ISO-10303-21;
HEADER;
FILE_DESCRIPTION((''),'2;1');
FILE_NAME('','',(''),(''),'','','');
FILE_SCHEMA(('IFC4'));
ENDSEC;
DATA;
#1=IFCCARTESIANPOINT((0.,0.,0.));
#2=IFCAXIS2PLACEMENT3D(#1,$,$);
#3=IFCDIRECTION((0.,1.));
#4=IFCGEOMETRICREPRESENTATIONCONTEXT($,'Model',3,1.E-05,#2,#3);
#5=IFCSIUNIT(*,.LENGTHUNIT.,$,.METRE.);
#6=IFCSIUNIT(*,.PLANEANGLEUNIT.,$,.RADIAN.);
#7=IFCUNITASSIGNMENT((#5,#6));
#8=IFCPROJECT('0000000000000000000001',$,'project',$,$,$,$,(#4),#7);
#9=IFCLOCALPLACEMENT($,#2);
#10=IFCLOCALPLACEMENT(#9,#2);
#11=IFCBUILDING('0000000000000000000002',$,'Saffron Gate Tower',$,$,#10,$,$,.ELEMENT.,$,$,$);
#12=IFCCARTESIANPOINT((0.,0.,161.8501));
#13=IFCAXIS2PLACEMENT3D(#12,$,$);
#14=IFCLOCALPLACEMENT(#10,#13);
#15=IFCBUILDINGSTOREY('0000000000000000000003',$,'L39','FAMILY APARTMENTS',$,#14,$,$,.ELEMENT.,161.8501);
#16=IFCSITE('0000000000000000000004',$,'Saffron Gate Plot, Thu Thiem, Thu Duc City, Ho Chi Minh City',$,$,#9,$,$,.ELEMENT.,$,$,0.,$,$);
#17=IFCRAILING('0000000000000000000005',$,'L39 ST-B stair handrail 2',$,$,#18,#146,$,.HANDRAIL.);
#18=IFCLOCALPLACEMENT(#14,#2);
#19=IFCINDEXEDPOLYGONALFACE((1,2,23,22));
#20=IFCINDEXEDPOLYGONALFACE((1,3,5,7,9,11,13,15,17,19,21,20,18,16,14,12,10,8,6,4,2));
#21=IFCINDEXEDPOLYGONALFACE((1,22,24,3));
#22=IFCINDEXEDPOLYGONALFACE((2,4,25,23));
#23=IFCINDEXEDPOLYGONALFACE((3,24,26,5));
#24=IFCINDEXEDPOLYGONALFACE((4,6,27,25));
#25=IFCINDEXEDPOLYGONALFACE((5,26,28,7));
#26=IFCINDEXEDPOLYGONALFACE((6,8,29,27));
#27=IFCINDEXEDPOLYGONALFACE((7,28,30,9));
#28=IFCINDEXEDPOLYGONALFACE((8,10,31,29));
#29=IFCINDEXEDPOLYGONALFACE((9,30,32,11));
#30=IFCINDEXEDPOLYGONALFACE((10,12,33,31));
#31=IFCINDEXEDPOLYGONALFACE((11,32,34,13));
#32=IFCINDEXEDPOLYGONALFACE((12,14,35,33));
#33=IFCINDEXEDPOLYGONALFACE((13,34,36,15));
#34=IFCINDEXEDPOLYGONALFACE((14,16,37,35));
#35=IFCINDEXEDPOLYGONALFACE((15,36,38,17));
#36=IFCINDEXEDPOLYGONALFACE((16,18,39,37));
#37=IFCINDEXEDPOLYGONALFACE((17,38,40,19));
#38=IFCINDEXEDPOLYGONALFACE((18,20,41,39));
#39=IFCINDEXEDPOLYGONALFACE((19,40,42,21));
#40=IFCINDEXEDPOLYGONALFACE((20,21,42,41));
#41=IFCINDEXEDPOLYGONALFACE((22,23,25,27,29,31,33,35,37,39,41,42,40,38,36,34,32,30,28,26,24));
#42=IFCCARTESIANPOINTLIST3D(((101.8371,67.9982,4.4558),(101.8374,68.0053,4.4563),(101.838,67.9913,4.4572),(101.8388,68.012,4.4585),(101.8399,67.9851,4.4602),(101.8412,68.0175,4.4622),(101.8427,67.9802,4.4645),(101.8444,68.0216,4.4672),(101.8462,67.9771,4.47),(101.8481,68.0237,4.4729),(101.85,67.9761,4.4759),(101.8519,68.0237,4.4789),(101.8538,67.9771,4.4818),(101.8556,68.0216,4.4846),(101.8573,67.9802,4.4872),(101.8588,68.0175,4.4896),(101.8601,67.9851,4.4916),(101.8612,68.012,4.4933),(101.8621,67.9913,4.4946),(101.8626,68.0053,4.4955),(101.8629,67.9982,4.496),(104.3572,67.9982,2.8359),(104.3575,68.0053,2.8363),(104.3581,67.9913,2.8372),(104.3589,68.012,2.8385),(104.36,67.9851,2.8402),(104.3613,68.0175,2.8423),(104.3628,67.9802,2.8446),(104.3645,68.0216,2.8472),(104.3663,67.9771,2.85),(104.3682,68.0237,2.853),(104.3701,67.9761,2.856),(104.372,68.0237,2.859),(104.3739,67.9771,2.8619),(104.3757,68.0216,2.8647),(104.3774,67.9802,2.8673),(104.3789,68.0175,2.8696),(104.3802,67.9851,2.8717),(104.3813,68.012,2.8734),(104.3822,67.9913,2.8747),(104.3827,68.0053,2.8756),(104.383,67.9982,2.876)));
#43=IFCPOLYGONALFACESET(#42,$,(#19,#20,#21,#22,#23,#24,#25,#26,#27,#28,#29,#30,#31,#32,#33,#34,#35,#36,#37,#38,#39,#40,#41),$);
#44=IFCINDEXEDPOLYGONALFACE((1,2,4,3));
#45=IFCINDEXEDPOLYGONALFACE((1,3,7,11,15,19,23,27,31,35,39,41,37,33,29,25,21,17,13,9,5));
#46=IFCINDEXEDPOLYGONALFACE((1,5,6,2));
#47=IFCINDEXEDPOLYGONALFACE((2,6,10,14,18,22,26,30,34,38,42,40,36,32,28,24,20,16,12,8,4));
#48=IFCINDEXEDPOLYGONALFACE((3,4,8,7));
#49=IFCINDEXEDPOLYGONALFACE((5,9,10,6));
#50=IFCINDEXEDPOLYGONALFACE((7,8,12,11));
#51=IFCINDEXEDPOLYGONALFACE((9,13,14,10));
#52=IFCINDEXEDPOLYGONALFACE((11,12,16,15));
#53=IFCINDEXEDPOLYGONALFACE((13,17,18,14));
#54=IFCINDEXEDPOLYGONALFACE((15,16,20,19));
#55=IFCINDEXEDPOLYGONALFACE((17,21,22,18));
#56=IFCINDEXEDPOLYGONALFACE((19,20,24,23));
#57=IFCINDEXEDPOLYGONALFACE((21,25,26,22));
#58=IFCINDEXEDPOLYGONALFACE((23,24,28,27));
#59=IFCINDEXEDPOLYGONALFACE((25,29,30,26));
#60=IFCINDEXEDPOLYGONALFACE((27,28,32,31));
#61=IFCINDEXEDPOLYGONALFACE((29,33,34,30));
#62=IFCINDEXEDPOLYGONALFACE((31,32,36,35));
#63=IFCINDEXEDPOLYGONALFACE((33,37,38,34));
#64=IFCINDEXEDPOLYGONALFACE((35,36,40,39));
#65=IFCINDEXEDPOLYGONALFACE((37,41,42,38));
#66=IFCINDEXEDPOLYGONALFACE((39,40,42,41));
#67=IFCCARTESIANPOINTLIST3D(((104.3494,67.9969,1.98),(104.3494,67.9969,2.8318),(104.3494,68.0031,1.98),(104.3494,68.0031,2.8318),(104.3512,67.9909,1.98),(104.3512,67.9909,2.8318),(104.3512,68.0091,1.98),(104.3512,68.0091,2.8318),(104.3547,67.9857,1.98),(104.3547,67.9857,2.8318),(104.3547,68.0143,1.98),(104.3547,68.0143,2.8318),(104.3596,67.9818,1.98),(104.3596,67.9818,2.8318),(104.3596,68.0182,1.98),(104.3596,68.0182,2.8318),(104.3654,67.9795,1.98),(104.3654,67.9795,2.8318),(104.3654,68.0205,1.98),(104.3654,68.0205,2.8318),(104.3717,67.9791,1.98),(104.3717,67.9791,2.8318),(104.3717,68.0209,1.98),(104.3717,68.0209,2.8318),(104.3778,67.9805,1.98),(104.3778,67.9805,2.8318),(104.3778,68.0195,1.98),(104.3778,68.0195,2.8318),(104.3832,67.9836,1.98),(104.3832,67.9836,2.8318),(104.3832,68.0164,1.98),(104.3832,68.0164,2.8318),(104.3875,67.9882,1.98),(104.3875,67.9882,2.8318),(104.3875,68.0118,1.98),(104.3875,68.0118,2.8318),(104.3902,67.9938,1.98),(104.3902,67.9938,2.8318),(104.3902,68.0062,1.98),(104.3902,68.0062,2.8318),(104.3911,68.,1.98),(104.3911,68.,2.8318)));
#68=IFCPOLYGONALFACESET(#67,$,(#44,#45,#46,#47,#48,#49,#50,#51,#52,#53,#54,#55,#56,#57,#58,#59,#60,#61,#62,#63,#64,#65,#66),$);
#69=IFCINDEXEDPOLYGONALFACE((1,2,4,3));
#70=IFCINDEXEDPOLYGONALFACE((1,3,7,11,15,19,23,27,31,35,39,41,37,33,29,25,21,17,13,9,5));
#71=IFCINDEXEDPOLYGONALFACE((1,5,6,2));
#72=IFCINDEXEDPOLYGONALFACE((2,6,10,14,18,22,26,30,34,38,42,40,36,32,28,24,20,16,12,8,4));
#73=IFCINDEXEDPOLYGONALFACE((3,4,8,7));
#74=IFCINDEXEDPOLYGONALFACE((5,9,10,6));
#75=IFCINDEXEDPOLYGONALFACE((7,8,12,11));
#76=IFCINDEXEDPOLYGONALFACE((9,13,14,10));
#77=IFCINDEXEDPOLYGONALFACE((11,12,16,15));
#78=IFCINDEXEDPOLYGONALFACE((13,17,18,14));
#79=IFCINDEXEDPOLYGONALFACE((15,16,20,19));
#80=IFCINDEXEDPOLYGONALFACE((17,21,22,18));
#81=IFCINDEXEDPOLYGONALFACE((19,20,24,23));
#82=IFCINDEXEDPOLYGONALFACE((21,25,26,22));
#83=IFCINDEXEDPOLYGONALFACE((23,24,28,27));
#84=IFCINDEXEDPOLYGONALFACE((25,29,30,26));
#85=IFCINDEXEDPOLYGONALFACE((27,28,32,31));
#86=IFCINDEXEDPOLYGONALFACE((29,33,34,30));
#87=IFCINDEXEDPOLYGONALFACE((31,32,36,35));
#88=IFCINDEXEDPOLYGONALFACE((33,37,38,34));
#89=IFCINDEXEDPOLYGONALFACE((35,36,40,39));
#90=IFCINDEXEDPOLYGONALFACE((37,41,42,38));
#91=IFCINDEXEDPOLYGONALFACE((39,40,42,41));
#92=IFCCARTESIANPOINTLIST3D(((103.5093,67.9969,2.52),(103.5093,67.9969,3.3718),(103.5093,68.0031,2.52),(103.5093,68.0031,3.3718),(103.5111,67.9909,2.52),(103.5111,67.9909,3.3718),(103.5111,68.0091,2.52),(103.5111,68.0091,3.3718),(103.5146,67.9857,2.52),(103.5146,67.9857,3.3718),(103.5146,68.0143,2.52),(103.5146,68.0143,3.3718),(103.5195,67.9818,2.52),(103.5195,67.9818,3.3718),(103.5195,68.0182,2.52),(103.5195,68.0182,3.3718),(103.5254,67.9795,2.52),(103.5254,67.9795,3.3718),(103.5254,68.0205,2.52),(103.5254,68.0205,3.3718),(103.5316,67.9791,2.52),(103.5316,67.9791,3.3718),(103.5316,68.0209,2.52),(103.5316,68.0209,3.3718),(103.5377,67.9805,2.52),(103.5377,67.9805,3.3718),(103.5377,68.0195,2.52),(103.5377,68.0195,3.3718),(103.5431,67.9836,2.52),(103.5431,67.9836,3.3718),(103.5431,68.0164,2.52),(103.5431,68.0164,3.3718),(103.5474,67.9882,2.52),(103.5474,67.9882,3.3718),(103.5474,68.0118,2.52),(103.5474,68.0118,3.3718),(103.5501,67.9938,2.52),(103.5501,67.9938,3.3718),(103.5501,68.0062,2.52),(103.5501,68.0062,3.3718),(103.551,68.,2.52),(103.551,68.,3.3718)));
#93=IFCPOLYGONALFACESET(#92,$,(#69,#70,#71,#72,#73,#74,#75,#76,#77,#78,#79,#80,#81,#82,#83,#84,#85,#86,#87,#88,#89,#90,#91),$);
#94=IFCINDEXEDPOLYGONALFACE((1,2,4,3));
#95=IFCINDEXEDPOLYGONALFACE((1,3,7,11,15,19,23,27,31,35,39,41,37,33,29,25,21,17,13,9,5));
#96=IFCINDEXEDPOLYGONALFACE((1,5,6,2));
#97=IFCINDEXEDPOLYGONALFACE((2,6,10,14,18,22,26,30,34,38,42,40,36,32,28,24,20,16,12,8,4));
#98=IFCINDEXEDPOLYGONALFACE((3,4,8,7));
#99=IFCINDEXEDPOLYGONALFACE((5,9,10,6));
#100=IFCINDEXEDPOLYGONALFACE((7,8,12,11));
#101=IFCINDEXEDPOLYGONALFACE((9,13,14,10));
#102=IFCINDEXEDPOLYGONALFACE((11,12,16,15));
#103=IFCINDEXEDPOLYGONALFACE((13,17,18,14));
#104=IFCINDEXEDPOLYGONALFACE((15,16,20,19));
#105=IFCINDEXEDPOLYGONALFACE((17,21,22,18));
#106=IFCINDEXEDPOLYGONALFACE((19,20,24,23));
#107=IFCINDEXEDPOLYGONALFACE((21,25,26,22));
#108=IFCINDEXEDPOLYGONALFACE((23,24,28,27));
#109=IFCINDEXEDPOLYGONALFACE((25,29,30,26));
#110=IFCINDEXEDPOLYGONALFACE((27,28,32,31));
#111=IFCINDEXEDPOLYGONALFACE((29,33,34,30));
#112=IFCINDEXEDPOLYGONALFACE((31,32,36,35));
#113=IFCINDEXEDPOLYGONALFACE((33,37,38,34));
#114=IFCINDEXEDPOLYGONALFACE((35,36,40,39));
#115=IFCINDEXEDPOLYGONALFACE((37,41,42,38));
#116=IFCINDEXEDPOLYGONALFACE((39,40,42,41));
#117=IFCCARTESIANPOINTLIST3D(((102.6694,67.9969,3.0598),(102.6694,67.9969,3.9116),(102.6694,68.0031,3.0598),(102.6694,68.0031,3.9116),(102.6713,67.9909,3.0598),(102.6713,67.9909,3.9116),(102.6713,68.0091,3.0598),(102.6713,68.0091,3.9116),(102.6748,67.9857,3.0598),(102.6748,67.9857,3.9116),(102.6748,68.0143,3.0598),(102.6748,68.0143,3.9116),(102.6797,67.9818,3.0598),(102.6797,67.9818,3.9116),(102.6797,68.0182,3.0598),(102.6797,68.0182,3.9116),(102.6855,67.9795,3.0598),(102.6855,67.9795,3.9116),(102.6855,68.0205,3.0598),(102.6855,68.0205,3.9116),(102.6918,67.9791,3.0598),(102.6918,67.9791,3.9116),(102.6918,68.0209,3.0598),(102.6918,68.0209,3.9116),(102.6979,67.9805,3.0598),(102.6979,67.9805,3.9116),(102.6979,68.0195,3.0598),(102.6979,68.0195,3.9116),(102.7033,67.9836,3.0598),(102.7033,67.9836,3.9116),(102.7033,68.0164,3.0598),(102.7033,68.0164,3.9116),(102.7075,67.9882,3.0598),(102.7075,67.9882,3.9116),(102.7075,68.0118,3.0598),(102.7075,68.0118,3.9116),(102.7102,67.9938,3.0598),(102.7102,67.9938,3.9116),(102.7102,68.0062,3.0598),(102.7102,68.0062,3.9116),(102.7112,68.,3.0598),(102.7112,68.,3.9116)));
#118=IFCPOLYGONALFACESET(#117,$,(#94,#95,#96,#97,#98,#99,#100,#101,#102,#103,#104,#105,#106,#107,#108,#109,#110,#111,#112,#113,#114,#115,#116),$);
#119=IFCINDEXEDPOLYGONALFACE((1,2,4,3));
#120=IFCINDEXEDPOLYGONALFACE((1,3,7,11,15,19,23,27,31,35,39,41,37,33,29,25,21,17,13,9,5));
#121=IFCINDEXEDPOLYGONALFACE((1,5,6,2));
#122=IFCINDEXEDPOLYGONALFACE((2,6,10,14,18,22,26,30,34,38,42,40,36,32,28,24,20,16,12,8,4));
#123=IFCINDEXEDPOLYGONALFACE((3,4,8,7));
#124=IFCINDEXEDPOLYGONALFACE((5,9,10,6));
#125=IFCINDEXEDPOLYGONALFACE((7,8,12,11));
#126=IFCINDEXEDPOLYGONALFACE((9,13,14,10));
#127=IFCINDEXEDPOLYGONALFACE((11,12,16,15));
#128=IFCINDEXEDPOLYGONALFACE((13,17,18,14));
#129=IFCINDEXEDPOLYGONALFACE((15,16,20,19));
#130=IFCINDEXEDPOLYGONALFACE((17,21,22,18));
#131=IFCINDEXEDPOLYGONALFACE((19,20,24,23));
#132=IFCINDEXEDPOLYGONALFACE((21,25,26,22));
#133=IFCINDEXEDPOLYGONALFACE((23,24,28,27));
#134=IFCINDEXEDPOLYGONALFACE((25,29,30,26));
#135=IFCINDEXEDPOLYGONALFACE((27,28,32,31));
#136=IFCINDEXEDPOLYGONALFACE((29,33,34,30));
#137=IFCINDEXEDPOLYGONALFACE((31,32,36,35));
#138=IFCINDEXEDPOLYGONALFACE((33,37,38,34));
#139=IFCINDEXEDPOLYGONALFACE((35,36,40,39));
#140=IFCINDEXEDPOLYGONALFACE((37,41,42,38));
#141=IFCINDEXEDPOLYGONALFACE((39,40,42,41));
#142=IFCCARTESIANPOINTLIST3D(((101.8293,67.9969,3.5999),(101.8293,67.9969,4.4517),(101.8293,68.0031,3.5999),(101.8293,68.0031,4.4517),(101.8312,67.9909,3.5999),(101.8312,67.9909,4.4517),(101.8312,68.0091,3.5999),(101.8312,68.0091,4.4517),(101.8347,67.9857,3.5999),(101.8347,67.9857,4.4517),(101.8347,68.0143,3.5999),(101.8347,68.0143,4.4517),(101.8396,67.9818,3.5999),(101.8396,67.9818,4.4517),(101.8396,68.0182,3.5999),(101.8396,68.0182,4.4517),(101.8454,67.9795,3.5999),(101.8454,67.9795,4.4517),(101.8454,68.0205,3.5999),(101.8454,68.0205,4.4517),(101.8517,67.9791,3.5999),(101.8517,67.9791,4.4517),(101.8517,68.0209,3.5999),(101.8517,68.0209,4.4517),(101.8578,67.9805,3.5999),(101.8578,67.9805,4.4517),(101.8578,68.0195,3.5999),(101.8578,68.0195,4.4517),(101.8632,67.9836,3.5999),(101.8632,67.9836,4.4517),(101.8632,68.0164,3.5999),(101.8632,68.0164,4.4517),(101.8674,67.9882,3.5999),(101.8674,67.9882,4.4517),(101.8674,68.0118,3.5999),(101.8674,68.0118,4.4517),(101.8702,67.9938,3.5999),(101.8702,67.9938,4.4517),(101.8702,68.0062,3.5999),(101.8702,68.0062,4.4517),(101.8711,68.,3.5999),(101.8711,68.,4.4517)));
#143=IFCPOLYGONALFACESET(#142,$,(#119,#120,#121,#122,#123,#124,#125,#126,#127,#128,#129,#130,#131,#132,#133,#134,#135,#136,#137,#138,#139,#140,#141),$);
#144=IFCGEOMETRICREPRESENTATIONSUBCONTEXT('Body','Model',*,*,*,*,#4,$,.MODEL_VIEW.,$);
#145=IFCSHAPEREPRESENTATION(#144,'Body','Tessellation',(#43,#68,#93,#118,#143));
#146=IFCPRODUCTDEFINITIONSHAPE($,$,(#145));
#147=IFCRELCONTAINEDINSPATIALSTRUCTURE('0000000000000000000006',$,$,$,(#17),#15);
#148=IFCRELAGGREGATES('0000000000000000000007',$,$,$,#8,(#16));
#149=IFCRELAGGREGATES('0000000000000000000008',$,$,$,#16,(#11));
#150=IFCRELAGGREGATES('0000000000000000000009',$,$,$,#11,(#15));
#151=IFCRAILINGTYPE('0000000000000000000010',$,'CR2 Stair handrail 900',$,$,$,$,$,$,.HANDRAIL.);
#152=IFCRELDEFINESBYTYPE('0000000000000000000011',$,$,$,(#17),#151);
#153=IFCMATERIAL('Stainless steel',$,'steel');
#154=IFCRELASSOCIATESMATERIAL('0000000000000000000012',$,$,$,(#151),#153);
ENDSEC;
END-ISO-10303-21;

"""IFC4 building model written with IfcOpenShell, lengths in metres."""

from ifc_helpers import new_model, si_unit, direction, frame, origin, origin_2d, place, context, subcontext, project, spatial, circle, extrude, material, type_object, element, save


model = new_model("IFC4")

# Units and contexts
model_context = context("Model", 3, precision=1e-05, world=origin(), true_north=direction((0.0, 1.0)))
body_context = subcontext(model_context, "Body", "Model", "MODEL_VIEW")
ifc_project = project(units=[si_unit("LENGTHUNIT", "METRE"), si_unit("PLANEANGLEUNIT", "RADIAN")], contexts=[model_context])

# Site, building, storey
site_placement = place(None, origin())
site = spatial("IfcSite", under=ifc_project, at=site_placement, Name="Saffron Gate Plot, Thu Thiem, Thu Duc City, Ho Chi Minh City", CompositionType="ELEMENT", RefElevation=0.0)
building_placement = place(site_placement, origin())
building = spatial("IfcBuilding", under=site, at=building_placement, Name="Saffron Gate Tower", CompositionType="ELEMENT")
storey_placement = place(building_placement, frame((0.0, 0.0, 161.8501)))
storey = spatial("IfcBuildingStorey", under=building, at=storey_placement, Name="L39", Description="FAMILY APARTMENTS", CompositionType="ELEMENT", Elevation=161.8501)

# Railing
ifc_material_1 = material(Name="Stainless steel", Category="steel")
railing_type_1 = type_object("IfcRailingType", Name="CR2 Stair handrail 900", PredefinedType="HANDRAIL", material=ifc_material_1)
railing_1_placement = place(storey_placement, frame((104.3701, 68.0, 1.98)))
element("IfcRailing", 1, at=railing_1_placement, inside=storey, type_object=railing_type_1, Name="L39 ST-B stair handrail 2", PredefinedType="HANDRAIL", context=body_context, shape_type="SweptSolid", body=[
    extrude(circle(Radius=0.0239, at=origin_2d()), frame((0.0, 0.0, 0.876), z_axis=(-0.8412, 0.0, 0.540725), x_axis=(0.0, -1.0, 0.0)), (0.0, 0.0, 1.0), 2.9958),
    extrude(circle(Radius=0.021, at=origin_2d()), origin(), (0.0, 0.0, 1.0), 0.8518),
    extrude(circle(Radius=0.021, at=origin_2d()), frame((-0.8401, 0.0, 0.54)), (0.0, 0.0, 1.0), 0.8518),
    extrude(circle(Radius=0.021, at=origin_2d()), frame((-1.6799, 0.0, 1.0798)), (0.0, 0.0, 1.0), 0.8518),
    extrude(circle(Radius=0.021, at=origin_2d()), frame((-2.52, 0.0, 1.6199)), (0.0, 0.0, 1.0), 0.8518),
])

save(model, "model.ifc")
